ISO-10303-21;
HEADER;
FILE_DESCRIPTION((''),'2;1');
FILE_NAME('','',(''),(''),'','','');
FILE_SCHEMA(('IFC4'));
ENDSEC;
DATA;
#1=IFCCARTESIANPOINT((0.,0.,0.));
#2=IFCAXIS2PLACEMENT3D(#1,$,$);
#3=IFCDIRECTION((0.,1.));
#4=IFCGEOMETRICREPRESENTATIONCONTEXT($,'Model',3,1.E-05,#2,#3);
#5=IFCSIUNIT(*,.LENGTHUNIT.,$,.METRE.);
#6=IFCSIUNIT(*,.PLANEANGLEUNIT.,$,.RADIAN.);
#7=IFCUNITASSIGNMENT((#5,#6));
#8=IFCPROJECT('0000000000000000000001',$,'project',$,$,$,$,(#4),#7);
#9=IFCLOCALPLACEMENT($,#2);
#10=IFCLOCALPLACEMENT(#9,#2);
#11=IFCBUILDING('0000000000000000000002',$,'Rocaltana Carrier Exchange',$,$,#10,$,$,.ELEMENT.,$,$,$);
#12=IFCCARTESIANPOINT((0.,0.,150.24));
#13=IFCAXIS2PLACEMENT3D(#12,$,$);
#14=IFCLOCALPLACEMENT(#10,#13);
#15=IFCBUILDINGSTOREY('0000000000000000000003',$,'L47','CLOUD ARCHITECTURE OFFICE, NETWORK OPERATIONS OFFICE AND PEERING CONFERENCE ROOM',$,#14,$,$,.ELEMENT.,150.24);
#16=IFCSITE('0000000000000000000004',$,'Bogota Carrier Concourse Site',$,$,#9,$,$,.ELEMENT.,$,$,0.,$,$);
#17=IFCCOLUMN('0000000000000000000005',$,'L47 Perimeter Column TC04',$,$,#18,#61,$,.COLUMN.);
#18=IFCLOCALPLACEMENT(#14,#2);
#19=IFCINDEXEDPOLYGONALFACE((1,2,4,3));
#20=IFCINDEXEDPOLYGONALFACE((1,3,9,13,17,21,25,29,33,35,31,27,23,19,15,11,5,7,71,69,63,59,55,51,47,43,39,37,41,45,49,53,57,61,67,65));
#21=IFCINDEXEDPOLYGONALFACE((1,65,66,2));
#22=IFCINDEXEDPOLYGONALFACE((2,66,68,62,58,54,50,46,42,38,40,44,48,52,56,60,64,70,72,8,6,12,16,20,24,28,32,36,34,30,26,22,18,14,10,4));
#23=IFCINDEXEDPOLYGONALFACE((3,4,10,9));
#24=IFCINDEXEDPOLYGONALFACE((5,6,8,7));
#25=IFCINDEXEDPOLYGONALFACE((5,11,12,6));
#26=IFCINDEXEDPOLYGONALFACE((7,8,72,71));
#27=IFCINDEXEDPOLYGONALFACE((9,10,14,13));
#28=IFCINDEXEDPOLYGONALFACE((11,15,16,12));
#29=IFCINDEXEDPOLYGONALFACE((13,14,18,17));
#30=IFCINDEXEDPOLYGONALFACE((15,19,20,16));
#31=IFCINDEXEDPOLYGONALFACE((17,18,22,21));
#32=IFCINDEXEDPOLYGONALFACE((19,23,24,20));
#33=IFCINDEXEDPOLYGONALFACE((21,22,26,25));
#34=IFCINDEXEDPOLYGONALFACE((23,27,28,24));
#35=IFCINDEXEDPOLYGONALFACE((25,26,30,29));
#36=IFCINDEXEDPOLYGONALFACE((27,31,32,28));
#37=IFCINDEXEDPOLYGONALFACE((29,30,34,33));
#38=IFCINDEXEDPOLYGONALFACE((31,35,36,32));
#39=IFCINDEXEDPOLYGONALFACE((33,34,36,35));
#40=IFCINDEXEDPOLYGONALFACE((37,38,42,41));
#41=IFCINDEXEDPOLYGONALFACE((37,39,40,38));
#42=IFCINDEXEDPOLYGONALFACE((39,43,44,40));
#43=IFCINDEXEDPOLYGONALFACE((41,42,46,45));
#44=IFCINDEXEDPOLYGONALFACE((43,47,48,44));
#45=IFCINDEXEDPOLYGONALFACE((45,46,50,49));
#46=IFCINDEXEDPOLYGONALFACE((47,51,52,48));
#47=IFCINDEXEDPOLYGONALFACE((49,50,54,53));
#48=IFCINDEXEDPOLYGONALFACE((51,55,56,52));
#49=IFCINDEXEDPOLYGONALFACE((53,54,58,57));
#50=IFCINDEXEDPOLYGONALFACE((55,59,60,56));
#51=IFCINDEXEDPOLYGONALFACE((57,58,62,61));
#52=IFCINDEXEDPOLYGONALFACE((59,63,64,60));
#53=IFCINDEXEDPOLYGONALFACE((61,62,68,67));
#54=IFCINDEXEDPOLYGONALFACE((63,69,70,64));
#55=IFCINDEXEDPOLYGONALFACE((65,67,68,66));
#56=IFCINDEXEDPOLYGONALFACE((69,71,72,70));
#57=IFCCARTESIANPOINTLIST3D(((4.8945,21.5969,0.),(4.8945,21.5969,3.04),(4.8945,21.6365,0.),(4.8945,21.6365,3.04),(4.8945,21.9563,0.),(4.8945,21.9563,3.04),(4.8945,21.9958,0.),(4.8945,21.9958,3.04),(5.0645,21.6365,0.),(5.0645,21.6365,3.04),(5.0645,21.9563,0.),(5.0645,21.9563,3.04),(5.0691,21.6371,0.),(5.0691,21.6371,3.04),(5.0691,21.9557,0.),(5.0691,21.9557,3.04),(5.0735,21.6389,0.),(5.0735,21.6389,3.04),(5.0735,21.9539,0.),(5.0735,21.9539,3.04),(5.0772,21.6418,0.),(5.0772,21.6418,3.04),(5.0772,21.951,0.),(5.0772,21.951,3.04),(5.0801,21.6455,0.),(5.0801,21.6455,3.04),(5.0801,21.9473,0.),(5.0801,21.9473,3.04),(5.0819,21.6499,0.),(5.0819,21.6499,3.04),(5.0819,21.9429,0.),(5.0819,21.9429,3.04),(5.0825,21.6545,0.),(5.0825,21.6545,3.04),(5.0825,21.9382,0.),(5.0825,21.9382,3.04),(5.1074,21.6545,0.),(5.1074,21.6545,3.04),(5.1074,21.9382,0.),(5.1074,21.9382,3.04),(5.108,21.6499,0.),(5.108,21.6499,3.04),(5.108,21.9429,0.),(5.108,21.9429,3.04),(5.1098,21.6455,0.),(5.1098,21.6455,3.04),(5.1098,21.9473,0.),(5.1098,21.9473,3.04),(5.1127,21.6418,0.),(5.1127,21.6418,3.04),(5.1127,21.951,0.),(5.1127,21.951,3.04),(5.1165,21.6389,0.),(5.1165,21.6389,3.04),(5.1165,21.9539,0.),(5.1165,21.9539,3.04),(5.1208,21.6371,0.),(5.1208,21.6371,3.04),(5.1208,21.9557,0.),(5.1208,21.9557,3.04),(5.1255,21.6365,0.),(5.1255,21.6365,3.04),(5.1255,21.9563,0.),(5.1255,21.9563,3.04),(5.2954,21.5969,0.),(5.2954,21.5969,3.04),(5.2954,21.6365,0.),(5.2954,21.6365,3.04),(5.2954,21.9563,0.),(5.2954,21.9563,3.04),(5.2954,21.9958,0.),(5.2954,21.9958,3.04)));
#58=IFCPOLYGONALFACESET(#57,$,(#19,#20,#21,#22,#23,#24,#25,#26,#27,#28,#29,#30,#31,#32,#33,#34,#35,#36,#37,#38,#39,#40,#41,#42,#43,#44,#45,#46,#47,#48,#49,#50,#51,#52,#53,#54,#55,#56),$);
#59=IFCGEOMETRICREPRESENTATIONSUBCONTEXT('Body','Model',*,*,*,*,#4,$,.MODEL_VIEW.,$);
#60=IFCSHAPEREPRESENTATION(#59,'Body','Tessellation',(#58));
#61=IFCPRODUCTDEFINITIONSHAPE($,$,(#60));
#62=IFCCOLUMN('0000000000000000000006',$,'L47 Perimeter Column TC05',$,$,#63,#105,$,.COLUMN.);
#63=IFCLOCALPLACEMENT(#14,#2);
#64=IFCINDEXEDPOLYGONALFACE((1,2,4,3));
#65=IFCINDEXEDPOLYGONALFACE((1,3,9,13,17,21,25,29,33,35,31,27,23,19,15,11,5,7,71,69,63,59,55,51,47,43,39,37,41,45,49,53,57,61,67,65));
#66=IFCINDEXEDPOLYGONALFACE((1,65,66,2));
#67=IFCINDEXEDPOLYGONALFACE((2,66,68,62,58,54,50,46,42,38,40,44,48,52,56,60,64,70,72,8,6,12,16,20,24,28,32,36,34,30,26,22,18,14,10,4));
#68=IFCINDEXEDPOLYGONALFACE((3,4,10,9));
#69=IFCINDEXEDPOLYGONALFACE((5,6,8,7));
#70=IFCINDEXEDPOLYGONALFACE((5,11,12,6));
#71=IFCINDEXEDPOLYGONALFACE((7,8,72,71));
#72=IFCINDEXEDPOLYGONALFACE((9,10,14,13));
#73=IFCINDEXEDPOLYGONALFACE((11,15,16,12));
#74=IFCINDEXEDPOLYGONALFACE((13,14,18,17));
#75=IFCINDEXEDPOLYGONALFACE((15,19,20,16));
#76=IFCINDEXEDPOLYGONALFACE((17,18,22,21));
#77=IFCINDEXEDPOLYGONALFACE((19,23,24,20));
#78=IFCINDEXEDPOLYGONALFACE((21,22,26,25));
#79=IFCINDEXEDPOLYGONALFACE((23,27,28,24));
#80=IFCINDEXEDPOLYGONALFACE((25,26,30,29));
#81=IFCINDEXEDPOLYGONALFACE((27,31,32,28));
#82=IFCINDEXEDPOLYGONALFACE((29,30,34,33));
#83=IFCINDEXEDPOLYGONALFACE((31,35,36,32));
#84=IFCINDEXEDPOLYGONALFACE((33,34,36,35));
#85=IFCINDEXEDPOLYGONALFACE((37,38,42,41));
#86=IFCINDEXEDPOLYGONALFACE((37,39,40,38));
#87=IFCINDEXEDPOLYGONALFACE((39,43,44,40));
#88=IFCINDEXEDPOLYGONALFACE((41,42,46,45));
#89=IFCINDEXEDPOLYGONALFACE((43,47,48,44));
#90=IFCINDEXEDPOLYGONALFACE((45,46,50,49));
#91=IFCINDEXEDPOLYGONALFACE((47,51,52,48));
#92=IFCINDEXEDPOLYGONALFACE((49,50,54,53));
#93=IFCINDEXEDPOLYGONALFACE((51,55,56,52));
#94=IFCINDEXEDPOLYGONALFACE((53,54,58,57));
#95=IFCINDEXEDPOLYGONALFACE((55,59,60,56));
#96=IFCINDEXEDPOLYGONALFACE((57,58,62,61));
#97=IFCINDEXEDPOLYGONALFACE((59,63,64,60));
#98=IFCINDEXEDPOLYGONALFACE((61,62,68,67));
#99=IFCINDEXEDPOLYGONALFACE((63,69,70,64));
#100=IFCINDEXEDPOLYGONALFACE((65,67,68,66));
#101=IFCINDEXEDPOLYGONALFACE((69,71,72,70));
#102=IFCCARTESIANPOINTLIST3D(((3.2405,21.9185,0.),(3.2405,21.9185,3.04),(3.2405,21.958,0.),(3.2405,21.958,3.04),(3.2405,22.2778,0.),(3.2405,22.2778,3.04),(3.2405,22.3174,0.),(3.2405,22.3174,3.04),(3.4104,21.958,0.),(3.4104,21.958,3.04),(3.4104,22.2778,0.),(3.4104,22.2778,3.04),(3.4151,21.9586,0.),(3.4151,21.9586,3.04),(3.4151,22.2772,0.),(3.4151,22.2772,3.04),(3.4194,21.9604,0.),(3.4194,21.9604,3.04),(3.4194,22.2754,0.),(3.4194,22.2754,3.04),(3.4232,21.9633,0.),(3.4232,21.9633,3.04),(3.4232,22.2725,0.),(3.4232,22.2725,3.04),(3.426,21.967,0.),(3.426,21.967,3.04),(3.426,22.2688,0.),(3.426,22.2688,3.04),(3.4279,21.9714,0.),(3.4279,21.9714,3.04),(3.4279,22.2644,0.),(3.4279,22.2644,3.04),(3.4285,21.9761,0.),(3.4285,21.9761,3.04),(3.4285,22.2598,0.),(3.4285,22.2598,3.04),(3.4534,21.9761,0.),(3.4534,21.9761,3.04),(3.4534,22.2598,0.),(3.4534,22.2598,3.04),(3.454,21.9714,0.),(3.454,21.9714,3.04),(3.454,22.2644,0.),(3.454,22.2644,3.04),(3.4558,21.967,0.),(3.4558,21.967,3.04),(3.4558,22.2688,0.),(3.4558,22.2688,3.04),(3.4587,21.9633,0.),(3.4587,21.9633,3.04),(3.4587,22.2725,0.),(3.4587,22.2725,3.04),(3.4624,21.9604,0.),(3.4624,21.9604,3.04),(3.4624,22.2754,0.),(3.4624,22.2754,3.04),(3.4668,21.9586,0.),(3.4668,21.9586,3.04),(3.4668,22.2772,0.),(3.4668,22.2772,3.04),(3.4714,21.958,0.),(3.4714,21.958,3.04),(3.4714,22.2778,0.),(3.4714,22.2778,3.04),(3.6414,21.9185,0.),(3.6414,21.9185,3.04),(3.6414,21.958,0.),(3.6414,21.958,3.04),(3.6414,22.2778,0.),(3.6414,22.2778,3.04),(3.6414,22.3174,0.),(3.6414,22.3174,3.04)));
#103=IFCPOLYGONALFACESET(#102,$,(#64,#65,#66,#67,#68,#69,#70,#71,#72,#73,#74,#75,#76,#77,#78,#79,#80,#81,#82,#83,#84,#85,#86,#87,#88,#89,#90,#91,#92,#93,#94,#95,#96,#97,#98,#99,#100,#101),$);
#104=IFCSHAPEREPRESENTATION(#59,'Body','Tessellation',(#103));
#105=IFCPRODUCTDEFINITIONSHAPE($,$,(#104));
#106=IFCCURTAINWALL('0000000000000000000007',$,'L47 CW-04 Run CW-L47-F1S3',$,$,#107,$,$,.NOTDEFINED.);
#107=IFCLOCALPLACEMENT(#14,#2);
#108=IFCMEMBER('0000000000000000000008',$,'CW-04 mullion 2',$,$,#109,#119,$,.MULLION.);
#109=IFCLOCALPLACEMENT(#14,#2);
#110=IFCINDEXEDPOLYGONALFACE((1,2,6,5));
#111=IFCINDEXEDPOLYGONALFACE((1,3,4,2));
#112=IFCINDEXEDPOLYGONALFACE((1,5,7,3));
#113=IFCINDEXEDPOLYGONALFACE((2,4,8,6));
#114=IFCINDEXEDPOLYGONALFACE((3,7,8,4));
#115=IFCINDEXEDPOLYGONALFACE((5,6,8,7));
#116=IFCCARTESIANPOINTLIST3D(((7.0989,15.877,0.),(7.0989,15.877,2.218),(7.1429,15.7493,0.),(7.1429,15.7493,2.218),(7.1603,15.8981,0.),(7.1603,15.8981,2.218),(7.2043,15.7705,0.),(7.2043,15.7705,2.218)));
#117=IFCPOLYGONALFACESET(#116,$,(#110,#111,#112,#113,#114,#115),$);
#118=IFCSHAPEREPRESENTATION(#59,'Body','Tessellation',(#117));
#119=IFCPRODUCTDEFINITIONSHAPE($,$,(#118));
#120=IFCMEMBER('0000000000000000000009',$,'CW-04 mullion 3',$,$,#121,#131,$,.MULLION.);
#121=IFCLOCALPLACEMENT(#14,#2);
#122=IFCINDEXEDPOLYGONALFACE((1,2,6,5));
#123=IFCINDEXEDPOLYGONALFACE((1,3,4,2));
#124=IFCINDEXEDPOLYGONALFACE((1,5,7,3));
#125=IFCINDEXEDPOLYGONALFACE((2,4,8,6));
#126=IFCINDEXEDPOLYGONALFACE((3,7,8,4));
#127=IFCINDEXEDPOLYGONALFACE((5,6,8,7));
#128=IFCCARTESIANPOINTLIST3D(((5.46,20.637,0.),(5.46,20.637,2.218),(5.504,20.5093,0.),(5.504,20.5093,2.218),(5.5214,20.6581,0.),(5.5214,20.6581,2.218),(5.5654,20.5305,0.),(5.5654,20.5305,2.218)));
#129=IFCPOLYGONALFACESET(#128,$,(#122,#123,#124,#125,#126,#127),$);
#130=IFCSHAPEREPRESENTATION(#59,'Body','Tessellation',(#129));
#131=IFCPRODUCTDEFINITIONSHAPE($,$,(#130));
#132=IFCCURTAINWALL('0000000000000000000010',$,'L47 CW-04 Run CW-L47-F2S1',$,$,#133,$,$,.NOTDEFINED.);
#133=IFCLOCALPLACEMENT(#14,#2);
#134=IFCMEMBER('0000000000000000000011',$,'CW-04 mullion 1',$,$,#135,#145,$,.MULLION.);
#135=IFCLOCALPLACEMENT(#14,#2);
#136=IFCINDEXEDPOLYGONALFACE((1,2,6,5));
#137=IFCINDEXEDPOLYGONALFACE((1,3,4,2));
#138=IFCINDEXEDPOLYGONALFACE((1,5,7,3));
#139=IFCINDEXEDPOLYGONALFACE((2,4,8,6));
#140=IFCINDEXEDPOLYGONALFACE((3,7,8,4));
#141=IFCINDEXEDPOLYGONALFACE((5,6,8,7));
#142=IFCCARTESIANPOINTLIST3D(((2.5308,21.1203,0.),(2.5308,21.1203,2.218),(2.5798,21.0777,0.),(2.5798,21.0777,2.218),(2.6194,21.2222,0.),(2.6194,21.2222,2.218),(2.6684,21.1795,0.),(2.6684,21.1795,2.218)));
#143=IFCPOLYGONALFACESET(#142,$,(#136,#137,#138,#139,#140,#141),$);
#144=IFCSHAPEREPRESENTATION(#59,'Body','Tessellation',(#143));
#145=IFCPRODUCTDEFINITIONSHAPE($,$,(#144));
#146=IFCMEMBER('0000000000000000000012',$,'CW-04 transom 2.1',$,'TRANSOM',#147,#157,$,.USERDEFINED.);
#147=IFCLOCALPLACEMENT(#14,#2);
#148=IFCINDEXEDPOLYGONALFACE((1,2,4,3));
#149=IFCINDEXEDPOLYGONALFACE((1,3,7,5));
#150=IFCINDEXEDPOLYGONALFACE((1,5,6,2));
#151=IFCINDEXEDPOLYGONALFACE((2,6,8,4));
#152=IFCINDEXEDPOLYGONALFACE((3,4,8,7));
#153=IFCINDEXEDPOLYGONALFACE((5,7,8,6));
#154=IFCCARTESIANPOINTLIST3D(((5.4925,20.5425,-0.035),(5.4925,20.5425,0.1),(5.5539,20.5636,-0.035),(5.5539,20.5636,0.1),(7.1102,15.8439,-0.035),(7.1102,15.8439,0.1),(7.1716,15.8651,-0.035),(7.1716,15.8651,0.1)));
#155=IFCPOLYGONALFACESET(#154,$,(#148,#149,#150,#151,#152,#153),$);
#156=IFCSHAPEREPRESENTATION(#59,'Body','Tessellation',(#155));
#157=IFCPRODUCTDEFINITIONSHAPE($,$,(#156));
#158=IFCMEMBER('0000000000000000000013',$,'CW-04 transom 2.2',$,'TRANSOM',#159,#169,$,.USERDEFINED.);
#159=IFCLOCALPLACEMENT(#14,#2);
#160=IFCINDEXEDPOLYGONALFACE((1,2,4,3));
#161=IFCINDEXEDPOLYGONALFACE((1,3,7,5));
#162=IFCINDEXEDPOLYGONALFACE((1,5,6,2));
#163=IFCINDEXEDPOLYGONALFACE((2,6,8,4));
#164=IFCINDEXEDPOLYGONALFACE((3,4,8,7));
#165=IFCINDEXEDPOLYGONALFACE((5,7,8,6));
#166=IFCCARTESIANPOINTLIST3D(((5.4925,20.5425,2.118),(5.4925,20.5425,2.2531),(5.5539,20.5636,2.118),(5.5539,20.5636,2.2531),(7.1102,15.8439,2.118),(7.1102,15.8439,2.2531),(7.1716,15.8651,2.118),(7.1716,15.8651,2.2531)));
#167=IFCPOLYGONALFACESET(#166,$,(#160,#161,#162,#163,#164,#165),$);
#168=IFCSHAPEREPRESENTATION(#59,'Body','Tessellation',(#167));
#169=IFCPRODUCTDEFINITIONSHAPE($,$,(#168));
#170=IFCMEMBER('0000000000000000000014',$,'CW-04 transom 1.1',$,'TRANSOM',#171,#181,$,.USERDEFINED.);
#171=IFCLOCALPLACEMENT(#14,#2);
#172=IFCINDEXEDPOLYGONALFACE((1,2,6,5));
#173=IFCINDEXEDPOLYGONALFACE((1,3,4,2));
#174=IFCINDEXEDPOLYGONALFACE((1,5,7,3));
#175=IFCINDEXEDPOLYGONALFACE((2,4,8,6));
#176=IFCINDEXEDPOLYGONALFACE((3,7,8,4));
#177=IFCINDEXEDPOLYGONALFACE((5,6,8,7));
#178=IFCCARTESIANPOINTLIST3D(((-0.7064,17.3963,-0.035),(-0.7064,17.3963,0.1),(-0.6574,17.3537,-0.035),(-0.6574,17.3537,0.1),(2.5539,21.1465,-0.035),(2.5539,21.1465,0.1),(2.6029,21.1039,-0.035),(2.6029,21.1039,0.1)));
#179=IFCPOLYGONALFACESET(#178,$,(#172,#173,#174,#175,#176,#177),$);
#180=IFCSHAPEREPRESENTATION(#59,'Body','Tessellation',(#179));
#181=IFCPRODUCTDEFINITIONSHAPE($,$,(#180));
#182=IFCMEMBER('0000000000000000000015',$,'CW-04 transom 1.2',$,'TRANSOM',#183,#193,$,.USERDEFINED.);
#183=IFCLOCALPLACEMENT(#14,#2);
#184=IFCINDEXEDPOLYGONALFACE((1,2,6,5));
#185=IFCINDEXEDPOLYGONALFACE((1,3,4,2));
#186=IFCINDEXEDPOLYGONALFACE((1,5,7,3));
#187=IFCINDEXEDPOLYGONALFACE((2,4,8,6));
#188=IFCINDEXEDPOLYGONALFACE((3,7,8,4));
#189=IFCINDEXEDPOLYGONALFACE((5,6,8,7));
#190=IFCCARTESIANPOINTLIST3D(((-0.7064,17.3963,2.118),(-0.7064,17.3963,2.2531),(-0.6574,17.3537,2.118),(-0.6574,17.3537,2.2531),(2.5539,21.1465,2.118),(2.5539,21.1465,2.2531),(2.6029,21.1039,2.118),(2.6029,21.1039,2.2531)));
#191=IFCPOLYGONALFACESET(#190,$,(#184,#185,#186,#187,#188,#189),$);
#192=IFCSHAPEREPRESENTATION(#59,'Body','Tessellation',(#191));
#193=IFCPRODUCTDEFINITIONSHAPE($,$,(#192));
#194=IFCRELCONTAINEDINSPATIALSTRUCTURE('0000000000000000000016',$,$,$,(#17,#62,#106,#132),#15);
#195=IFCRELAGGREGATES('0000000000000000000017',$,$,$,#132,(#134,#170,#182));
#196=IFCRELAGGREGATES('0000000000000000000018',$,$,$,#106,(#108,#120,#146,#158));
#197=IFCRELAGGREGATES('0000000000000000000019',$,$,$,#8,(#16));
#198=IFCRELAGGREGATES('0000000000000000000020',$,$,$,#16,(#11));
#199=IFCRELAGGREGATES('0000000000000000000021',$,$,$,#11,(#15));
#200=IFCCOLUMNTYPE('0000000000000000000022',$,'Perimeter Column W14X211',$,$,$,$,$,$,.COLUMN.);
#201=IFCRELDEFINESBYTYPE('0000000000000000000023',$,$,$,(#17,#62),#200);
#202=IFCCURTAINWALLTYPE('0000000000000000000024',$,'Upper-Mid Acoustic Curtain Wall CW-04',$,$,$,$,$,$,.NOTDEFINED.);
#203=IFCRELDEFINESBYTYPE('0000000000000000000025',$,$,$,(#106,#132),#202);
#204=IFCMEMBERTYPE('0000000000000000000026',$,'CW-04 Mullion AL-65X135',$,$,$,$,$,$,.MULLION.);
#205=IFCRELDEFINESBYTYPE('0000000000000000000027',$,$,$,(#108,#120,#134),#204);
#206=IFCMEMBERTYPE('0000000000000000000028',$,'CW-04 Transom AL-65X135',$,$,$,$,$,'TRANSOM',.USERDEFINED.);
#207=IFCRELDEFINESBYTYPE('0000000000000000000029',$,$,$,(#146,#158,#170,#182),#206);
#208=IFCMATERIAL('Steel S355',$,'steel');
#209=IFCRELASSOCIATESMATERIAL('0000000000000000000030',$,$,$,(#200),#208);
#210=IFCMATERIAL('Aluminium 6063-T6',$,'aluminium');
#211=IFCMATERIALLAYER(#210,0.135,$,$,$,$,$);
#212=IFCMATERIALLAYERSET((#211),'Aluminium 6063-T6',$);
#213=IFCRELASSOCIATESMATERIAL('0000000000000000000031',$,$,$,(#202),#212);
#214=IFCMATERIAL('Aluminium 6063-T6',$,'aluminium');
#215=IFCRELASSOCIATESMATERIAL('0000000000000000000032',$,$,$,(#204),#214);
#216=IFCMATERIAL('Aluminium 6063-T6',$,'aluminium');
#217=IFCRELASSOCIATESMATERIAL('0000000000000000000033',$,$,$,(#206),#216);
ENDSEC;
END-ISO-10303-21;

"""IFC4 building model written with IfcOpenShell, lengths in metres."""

from ifc_helpers import new_model, si_unit, direction, frame, origin, origin_2d, place, context, subcontext, project, spatial, rectangle, i_section, extrude, material, layer, layer_set, material_profile, profile_set, type_object, element, aggregate, save


model = new_model("IFC4")

# Units and contexts
model_context = context("Model", 3, precision=1e-05, world=origin(), true_north=direction((0.0, 1.0)))
body_context = subcontext(model_context, "Body", "Model", "MODEL_VIEW")
ifc_project = project(units=[si_unit("LENGTHUNIT", "METRE"), si_unit("PLANEANGLEUNIT", "RADIAN")], contexts=[model_context])

# Site, building, storey
site_placement = place(None, origin())
site = spatial("IfcSite", under=ifc_project, at=site_placement, Name="Bogota Carrier Concourse Site", CompositionType="ELEMENT", RefElevation=0.0)
building_placement = place(site_placement, origin())
building = spatial("IfcBuilding", under=site, at=building_placement, Name="Rocaltana Carrier Exchange", CompositionType="ELEMENT")
storey_placement = place(building_placement, frame((0.0, 0.0, 150.24)))
storey = spatial("IfcBuildingStorey", under=building, at=storey_placement, Name="L47", Description="CLOUD ARCHITECTURE OFFICE, NETWORK OPERATIONS OFFICE AND PEERING CONFERENCE ROOM", CompositionType="ELEMENT", Elevation=150.24)

# Columns
ifc_material_1 = material(Name="Steel S355", Category="steel")
ifc_material_profile_1 = material_profile(ifc_material_1, i_section(OverallWidth=0.4009, OverallDepth=0.3989, WebThickness=0.0249, FlangeThickness=0.0396, FilletRadius=0.0181, at=origin_2d()), Name="W14X211")
ifc_profile_set_1 = profile_set([ifc_material_profile_1], Name="Steel S355")
column_type = type_object("IfcColumnType", Name="Perimeter Column W14X211", PredefinedType="COLUMN", material=ifc_profile_set_1)
for number, where, z_axis, x_axis, name in (
    (1, (5.095, 21.7964, 0.0), (0.0, 0.0, 1.0), (1.0, 0.0, 0.0), "L47 Perimeter Column TC04"),
    (2, (3.4409, 22.1179, 0.0), (0.0, 0.0, 1.0), (1.0, 0.0, 0.0), "L47 Perimeter Column TC05"),
):
    element("IfcColumn", number, at=place(storey_placement, frame(where, z_axis=z_axis, x_axis=x_axis)), inside=storey, type_object=column_type, Name=name, PredefinedType="COLUMN", context=body_context, shape_type="SweptSolid", body=[
        extrude(i_section(OverallWidth=0.4009, OverallDepth=0.3989, WebThickness=0.0249, FlangeThickness=0.0396, FilletRadius=0.0181, at=origin_2d()), origin(), (0.0, 0.0, 1.0), 3.04),
    ])

# Curtain wall, members
ifc_material_2 = material(Name="Aluminium 6063-T6", Category="aluminium")
ifc_layer_1 = layer(ifc_material_2, 0.135)
ifc_layer_set_1 = layer_set([ifc_layer_1], Name="Aluminium 6063-T6")
curtain_wall_type = type_object("IfcCurtainWallType", Name="Upper-Mid Acoustic Curtain Wall CW-04", PredefinedType="NOTDEFINED", material=ifc_layer_set_1)
curtain_wall_1_placement = place(storey_placement, origin())
curtain_wall_1 = element("IfcCurtainWall", 3, at=curtain_wall_1_placement, inside=storey, type_object=curtain_wall_type, Name="L47 CW-04 Run CW-L47-F1S3", PredefinedType="NOTDEFINED")
ifc_material_3 = material(Name="Aluminium 6063-T6", Category="aluminium")
ifc_material_profile_2 = material_profile(ifc_material_3, rectangle(XDim=0.0649, YDim=0.135, at=origin_2d()), Name="AL-65X135")
ifc_profile_set_2 = profile_set([ifc_material_profile_2], Name="Aluminium 6063-T6")
member_type_1 = type_object("IfcMemberType", Name="CW-04 Mullion AL-65X135", PredefinedType="MULLION", material=ifc_profile_set_2)
member_1_placement = place(storey_placement, frame((7.1516, 15.8237, 0.0), z_axis=(0.0, 0.0, 1.0), x_axis=(-0.945522, -0.325559, 0.0)))
member_1 = element("IfcMember", 4, at=member_1_placement, type_object=member_type_1, Name="CW-04 mullion 2", PredefinedType="MULLION", context=body_context, shape_type="SweptSolid", body=[
    extrude(rectangle(XDim=0.0649, YDim=0.135, at=origin_2d()), origin(), (0.0, 0.0, 1.0), 2.218),
])
member_2_placement = place(storey_placement, frame((5.5127, 20.5837, 0.0), z_axis=(0.0, 0.0, 1.0), x_axis=(-0.945522, -0.325559, 0.0)))
member_2 = element("IfcMember", 5, at=member_2_placement, type_object=member_type_1, Name="CW-04 mullion 3", PredefinedType="MULLION", context=body_context, shape_type="SweptSolid", body=[
    extrude(rectangle(XDim=0.0649, YDim=0.135, at=origin_2d()), origin(), (0.0, 0.0, 1.0), 2.218),
])

# Curtain wall, member
curtain_wall_2_placement = place(storey_placement, origin())
curtain_wall_2 = element("IfcCurtainWall", 6, at=curtain_wall_2_placement, inside=storey, type_object=curtain_wall_type, Name="L47 CW-04 Run CW-L47-F2S1", PredefinedType="NOTDEFINED")
member_3_placement = place(storey_placement, frame((2.5996, 21.1499, 0.0), z_axis=(0.0, 0.0, 1.0), x_axis=(0.754712, -0.656057, 0.0)))
member_3 = element("IfcMember", 7, at=member_3_placement, type_object=member_type_1, Name="CW-04 mullion 1", PredefinedType="MULLION", context=body_context, shape_type="SweptSolid", body=[
    extrude(rectangle(XDim=0.0649, YDim=0.135, at=origin_2d()), origin(), (0.0, 0.0, 1.0), 2.218),
])

# Members
ifc_material_4 = material(Name="Aluminium 6063-T6", Category="aluminium")
ifc_material_profile_3 = material_profile(ifc_material_4, rectangle(XDim=0.0649, YDim=0.135, at=origin_2d()), Name="AL-65X135")
ifc_profile_set_3 = profile_set([ifc_material_profile_3], Name="Aluminium 6063-T6")
member_type_2 = type_object("IfcMemberType", Name="CW-04 Transom AL-65X135", ElementType="TRANSOM", PredefinedType="USERDEFINED", material=ifc_profile_set_3)
member_4_placement = place(storey_placement, frame((7.1409, 15.8545, 0.0325), z_axis=(-0.325542, 0.945527, 0.0), x_axis=(-0.945527, -0.325542, 0.0)))
member_4 = element("IfcMember", 8, at=member_4_placement, type_object=member_type_2, Name="CW-04 transom 2.1", ObjectType="TRANSOM", PredefinedType="USERDEFINED", context=body_context, shape_type="SweptSolid", body=[
    extrude(rectangle(XDim=0.0649, YDim=0.135, at=origin_2d()), origin(), (0.0, 0.0, 1.0), 4.9692),
])
member_5_placement = place(storey_placement, frame((7.1409, 15.8545, 2.1855), z_axis=(-0.325542, 0.945527, 0.0), x_axis=(-0.945527, -0.325542, 0.0)))
member_5 = element("IfcMember", 9, at=member_5_placement, type_object=member_type_2, Name="CW-04 transom 2.2", ObjectType="TRANSOM", PredefinedType="USERDEFINED", context=body_context, shape_type="SweptSolid", body=[
    extrude(rectangle(XDim=0.0649, YDim=0.135, at=origin_2d()), origin(), (0.0, 0.0, 1.0), 4.9692),
])
member_6_placement = place(storey_placement, frame((2.5784, 21.1252, 0.0325), z_axis=(-0.656084, -0.754688, 0.0), x_axis=(0.754688, -0.656084, 0.0)))
member_6 = element("IfcMember", 10, at=member_6_placement, type_object=member_type_2, Name="CW-04 transom 1.1", ObjectType="TRANSOM", PredefinedType="USERDEFINED", context=body_context, shape_type="SweptSolid", body=[
    extrude(rectangle(XDim=0.0649, YDim=0.135, at=origin_2d()), origin(), (0.0, 0.0, 1.0), 4.9692),
])
member_7_placement = place(storey_placement, frame((2.5784, 21.1252, 2.1855), z_axis=(-0.656084, -0.754688, 0.0), x_axis=(0.754688, -0.656084, 0.0)))
member_7 = element("IfcMember", 11, at=member_7_placement, type_object=member_type_2, Name="CW-04 transom 1.2", ObjectType="TRANSOM", PredefinedType="USERDEFINED", context=body_context, shape_type="SweptSolid", body=[
    extrude(rectangle(XDim=0.0649, YDim=0.135, at=origin_2d()), origin(), (0.0, 0.0, 1.0), 4.9692),
])
aggregate(curtain_wall_2, [member_3, member_6, member_7])

aggregate(curtain_wall_1, [member_1, member_2, member_4, member_5])

save(model, "model.ifc")
